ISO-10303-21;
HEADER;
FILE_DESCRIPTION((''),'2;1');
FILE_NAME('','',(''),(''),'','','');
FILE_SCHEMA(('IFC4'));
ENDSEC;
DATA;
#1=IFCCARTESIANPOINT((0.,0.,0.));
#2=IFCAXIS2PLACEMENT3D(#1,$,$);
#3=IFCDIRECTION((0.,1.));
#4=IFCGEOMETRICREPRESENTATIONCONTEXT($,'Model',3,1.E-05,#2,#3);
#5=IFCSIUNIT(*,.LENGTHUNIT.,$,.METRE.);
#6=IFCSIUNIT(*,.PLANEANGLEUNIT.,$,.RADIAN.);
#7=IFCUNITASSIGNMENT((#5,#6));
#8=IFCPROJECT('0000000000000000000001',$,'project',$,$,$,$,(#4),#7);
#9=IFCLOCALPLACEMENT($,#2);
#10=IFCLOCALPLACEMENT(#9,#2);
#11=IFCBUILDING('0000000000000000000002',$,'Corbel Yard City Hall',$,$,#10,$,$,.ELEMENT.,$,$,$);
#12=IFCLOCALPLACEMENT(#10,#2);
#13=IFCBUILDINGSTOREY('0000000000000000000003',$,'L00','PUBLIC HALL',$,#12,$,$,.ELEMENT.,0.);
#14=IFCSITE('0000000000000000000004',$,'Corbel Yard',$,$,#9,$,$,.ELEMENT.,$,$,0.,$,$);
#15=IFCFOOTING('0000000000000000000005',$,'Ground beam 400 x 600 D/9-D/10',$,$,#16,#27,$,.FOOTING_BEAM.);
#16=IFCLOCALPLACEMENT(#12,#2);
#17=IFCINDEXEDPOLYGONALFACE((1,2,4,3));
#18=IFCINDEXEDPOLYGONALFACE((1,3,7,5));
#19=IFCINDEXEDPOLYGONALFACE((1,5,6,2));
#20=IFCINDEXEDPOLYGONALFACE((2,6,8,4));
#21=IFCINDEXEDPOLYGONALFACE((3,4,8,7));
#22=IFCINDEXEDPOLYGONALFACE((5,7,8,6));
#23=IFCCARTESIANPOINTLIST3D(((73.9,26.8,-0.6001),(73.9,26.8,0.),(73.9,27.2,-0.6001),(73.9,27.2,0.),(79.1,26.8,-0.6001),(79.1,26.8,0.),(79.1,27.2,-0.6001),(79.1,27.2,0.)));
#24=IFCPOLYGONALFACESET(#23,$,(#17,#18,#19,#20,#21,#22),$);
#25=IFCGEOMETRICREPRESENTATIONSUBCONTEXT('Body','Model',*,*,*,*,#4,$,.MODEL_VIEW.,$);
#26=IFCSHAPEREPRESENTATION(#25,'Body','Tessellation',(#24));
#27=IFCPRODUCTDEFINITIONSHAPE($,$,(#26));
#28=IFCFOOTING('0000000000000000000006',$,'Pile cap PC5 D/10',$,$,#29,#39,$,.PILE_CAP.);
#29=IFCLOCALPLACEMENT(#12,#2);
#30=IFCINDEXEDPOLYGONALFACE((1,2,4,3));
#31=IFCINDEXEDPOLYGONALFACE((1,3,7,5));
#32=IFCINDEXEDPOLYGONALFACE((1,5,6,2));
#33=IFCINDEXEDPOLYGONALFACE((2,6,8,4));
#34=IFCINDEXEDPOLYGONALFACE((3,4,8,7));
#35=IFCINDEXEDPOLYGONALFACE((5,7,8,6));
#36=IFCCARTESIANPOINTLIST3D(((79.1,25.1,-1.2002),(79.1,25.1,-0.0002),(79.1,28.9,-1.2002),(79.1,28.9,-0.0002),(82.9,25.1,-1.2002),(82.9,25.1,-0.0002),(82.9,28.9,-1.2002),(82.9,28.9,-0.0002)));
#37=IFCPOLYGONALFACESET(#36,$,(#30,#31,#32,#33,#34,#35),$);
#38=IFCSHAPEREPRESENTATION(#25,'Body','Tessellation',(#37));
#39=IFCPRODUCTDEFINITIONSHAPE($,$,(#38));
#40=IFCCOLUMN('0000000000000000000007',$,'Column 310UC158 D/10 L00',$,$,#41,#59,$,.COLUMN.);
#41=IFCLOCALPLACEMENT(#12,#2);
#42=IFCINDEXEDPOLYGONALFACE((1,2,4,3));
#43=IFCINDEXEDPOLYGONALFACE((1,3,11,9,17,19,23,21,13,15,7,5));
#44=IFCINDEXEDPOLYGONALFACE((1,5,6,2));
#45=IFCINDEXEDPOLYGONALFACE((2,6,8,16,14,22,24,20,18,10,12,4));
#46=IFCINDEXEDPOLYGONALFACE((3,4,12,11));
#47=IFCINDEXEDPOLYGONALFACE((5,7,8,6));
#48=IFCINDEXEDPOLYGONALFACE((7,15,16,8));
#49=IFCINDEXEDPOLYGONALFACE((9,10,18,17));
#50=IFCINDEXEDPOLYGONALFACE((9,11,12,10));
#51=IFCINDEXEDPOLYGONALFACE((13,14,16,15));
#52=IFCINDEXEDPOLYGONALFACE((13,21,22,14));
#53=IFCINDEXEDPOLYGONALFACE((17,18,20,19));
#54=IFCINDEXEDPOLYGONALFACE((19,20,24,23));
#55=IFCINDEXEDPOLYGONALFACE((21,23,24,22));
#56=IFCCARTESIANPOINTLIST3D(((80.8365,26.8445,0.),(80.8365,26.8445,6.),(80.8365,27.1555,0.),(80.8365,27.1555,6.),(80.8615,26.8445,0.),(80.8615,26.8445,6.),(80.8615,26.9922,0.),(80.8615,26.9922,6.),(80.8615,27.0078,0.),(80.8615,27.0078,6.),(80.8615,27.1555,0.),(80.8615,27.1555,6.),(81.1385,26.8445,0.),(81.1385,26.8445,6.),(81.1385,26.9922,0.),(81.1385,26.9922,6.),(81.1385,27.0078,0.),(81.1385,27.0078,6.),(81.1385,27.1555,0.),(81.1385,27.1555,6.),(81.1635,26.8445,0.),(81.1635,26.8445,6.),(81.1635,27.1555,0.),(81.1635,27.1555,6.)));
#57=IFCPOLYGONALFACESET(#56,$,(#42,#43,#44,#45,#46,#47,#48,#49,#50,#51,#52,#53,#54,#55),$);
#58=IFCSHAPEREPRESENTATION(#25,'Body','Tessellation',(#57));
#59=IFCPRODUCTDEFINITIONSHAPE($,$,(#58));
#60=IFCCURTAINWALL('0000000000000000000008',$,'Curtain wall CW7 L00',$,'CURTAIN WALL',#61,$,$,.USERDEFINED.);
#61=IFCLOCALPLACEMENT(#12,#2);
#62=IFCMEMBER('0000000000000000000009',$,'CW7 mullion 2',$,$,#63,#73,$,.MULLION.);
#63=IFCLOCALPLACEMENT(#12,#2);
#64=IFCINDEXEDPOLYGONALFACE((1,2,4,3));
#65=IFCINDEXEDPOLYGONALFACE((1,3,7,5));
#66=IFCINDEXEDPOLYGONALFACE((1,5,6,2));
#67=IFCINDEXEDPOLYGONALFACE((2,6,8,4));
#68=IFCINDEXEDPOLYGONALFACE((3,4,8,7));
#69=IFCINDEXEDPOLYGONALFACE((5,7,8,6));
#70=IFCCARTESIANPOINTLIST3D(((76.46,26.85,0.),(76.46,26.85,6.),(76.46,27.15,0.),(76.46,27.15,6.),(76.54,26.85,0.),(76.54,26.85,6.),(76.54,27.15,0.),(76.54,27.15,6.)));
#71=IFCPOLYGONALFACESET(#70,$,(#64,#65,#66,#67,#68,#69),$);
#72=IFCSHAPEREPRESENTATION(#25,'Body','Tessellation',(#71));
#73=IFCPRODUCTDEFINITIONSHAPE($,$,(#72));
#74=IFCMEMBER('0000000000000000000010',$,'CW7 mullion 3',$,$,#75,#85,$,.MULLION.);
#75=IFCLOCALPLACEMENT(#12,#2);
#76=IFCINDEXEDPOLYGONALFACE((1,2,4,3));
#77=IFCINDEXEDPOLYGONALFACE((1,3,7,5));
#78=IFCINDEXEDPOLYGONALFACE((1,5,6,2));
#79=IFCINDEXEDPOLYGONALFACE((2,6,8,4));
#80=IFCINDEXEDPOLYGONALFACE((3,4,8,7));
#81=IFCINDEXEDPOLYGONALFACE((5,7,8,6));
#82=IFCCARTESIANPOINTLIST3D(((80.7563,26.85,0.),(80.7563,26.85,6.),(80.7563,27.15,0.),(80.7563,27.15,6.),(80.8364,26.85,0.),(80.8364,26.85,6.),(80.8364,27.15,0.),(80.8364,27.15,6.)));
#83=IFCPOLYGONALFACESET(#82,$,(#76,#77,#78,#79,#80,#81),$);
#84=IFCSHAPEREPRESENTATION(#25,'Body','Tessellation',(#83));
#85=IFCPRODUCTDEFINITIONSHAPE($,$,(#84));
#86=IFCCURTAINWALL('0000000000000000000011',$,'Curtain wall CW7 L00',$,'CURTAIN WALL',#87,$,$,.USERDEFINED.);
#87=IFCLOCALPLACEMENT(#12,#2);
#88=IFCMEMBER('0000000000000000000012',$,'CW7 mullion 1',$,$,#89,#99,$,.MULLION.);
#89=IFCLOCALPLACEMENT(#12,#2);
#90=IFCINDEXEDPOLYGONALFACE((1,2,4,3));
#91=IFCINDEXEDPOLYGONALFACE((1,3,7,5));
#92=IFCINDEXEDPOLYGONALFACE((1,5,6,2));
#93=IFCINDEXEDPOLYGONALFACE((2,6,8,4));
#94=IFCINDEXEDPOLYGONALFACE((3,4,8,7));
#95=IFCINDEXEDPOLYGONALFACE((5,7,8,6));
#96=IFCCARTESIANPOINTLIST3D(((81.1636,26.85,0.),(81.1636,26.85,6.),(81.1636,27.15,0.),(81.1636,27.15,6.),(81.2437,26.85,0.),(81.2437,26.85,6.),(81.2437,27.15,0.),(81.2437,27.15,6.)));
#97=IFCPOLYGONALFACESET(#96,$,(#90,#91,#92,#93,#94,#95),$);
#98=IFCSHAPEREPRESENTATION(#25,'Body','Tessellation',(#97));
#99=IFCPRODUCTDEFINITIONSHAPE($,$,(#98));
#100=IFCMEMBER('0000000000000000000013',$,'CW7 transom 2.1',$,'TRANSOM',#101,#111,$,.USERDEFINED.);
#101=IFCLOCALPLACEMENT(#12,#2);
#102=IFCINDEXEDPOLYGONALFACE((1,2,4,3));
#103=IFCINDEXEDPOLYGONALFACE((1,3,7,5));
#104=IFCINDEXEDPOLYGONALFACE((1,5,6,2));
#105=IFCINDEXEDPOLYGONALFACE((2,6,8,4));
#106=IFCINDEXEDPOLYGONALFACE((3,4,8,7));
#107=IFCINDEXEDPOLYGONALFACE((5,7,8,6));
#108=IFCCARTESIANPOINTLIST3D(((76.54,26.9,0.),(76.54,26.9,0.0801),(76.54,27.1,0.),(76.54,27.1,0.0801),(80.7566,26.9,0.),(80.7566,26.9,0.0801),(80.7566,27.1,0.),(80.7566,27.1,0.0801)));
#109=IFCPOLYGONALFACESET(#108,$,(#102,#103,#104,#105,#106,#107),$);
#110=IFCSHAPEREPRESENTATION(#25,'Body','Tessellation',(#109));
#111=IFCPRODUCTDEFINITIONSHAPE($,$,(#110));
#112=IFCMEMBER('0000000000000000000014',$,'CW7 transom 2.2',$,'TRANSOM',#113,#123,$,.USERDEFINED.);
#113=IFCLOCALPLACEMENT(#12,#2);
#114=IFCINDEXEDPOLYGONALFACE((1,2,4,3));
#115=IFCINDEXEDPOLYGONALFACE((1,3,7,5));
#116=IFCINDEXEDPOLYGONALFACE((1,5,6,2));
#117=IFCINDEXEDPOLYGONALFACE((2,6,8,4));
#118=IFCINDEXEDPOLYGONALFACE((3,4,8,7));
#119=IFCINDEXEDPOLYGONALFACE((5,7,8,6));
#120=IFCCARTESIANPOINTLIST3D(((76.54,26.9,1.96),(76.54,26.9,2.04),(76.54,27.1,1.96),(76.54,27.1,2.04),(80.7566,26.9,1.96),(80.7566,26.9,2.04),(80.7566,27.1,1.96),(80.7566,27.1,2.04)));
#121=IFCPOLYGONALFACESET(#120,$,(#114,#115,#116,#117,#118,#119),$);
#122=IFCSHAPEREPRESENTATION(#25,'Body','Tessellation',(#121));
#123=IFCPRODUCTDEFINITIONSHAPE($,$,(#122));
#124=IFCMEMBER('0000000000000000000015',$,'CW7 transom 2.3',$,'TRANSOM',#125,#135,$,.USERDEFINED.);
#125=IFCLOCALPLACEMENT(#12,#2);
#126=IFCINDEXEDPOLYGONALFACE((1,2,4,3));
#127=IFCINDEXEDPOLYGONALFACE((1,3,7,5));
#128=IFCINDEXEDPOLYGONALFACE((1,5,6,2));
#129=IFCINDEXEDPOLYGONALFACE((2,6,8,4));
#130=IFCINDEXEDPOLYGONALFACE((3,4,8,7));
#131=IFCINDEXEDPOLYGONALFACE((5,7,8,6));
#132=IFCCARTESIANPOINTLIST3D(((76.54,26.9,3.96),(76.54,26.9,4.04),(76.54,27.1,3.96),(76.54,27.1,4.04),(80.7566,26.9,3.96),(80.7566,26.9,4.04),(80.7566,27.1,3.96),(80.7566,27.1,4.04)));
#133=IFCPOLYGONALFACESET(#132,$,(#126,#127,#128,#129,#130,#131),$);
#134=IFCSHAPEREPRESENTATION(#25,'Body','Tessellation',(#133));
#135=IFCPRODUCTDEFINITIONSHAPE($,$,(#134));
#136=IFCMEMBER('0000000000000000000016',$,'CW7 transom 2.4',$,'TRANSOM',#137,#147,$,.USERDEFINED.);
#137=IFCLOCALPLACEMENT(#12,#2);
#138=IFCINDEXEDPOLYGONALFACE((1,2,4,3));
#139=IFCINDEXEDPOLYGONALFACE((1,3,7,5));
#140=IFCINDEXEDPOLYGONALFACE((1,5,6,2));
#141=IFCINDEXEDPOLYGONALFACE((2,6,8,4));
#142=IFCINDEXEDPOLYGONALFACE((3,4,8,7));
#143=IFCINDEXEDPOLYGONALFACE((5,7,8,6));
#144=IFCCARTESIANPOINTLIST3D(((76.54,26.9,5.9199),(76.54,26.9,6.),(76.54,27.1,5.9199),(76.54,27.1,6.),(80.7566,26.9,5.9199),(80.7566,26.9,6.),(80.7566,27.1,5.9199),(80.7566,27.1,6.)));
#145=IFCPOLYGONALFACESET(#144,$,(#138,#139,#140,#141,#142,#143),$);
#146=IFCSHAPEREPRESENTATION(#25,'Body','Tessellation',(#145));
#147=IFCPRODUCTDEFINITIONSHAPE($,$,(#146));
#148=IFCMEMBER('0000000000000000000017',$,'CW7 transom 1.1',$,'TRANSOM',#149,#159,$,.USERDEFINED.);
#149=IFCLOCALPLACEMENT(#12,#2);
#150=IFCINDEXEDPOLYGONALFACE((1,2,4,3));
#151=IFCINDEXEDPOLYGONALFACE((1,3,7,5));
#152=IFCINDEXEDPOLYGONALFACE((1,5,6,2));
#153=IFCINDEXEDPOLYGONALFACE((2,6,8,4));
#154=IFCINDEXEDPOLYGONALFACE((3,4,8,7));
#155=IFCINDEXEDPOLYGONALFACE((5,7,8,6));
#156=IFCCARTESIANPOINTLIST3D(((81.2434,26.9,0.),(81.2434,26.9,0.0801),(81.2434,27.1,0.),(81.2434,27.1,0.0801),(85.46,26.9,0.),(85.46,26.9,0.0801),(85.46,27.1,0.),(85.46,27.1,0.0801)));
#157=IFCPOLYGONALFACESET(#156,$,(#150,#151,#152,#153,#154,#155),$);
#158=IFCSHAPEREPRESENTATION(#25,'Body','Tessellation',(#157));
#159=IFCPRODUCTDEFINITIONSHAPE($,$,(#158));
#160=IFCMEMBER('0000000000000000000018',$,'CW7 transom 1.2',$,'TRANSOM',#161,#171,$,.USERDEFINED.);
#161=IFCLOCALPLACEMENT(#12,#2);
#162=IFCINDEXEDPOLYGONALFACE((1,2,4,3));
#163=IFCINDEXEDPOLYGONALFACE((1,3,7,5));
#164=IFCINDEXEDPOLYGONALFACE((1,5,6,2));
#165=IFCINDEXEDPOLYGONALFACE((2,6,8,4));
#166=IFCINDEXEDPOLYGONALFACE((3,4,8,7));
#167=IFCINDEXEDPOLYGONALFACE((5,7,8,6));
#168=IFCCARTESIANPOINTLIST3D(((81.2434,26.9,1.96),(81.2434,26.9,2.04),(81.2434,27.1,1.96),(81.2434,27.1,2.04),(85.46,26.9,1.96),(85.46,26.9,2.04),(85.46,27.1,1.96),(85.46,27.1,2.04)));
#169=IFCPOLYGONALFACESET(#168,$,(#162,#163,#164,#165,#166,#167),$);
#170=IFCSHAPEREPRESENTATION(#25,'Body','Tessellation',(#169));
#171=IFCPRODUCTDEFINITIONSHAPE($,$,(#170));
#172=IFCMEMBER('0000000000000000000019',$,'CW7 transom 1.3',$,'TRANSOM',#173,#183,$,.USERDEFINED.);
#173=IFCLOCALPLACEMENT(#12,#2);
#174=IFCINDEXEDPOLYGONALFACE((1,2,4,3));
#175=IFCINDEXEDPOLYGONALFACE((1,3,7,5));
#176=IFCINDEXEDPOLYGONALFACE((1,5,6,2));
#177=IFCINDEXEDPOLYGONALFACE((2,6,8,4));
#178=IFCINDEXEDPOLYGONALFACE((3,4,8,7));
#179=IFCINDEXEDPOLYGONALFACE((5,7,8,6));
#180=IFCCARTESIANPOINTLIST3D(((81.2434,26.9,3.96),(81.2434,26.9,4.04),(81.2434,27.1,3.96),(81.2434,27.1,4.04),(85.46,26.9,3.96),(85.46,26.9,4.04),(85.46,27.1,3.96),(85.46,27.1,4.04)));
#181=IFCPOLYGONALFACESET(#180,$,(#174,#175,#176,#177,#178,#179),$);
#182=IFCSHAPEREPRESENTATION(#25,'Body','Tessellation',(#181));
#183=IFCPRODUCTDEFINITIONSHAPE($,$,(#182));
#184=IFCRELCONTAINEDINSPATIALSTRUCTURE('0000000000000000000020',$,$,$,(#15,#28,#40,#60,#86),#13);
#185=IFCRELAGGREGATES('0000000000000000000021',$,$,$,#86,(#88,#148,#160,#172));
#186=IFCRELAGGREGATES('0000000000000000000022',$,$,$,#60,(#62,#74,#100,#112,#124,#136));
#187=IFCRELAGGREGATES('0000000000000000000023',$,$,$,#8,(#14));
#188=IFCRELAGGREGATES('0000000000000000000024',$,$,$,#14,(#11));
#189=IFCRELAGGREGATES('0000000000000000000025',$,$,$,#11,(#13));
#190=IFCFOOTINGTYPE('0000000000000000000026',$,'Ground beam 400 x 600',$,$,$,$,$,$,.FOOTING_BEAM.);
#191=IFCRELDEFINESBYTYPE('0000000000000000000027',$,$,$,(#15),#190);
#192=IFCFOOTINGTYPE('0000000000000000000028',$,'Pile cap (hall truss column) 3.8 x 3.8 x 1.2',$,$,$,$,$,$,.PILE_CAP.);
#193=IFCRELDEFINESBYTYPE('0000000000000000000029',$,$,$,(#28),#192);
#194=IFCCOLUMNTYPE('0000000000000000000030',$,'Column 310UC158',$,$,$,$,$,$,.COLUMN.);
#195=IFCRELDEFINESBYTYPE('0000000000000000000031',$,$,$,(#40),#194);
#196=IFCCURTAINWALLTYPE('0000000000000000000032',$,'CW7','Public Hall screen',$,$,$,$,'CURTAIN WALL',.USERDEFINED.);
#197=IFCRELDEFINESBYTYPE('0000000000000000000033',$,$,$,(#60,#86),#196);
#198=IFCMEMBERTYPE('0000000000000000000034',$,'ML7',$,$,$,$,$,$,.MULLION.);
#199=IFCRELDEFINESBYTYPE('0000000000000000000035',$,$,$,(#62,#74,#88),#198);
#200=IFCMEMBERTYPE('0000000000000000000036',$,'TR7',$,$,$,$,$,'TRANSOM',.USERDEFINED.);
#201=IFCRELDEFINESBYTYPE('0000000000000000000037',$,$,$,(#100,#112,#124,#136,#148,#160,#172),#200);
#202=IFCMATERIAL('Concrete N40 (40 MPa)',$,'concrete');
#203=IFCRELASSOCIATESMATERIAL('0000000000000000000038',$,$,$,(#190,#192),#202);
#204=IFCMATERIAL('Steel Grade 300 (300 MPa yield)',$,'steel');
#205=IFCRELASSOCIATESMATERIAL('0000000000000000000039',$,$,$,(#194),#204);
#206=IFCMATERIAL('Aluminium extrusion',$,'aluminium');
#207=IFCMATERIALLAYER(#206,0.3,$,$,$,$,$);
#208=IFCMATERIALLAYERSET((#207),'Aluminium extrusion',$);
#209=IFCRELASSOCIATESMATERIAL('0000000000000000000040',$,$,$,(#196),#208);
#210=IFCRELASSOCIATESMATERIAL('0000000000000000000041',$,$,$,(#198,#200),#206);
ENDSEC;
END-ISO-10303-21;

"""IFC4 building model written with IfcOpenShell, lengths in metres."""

from ifc_helpers import new_model, si_unit, direction, frame, origin, origin_2d, place, context, subcontext, project, spatial, rectangle, i_section, extrude, material, layer, layer_set, material_profile, profile_set, type_object, element, aggregate, save


model = new_model("IFC4")

# Units and contexts
model_context = context("Model", 3, precision=1e-05, world=origin(), true_north=direction((0.0, 1.0)))
body_context = subcontext(model_context, "Body", "Model", "MODEL_VIEW")
ifc_project = project(units=[si_unit("LENGTHUNIT", "METRE"), si_unit("PLANEANGLEUNIT", "RADIAN")], contexts=[model_context])

# Site, building, storey
site_placement = place(None, origin())
site = spatial("IfcSite", under=ifc_project, at=site_placement, Name="Corbel Yard", CompositionType="ELEMENT", RefElevation=0.0)
building_placement = place(site_placement, origin())
building = spatial("IfcBuilding", under=site, at=building_placement, Name="Corbel Yard City Hall", CompositionType="ELEMENT")
storey_placement = place(building_placement, origin())
storey = spatial("IfcBuildingStorey", under=building, at=storey_placement, Name="L00", Description="PUBLIC HALL", CompositionType="ELEMENT", Elevation=0.0)

# Footings
ifc_material_1 = material(Name="Concrete N40 (40 MPa)", Category="concrete")
footing_type_1 = type_object("IfcFootingType", Name="Ground beam 400 x 600", PredefinedType="FOOTING_BEAM", material=ifc_material_1)
footing_1_placement = place(storey_placement, frame((76.5, 27.0, -0.6001), z_axis=(0.0, 0.0, 1.0), x_axis=(1.0, 0.0, 0.0)))
element("IfcFooting", 1, at=footing_1_placement, inside=storey, type_object=footing_type_1, Name="Ground beam 400 x 600 D/9-D/10", PredefinedType="FOOTING_BEAM", context=body_context, shape_type="SweptSolid", body=[
    extrude(rectangle(XDim=5.2, YDim=0.3999, at=origin_2d()), origin(), (0.0, 0.0, 1.0), 0.6001),
])
footing_type_2 = type_object("IfcFootingType", Name="Pile cap (hall truss column) 3.8 x 3.8 x 1.2", PredefinedType="PILE_CAP", material=ifc_material_1)
footing_2_placement = place(storey_placement, frame((81.0, 27.0, -1.2002), z_axis=(0.0, 0.0, 1.0), x_axis=(1.0, 0.0, 0.0)))
element("IfcFooting", 2, at=footing_2_placement, inside=storey, type_object=footing_type_2, Name="Pile cap PC5 D/10", PredefinedType="PILE_CAP", context=body_context, shape_type="SweptSolid", body=[
    extrude(rectangle(XDim=3.8, YDim=3.8, at=origin_2d()), origin(), (0.0, 0.0, 1.0), 1.2),
])

# Column
ifc_material_2 = material(Name="Steel Grade 300 (300 MPa yield)", Category="steel")
ifc_material_profile_1 = material_profile(ifc_material_2, i_section(OverallWidth=0.311, OverallDepth=0.3269, WebThickness=0.0156, FlangeThickness=0.0249, at=origin_2d()), Name="310UC158")
ifc_profile_set_1 = profile_set([ifc_material_profile_1], Name="Steel Grade 300 (300 MPa yield)")
column_type = type_object("IfcColumnType", Name="Column 310UC158", PredefinedType="COLUMN", material=ifc_profile_set_1)
column_placement = place(storey_placement, frame((81.0, 27.0, 0.0), z_axis=(0.0, 0.0, 1.0), x_axis=(0.0, 1.0, 0.0)))
element("IfcColumn", 3, at=column_placement, inside=storey, type_object=column_type, Name="Column 310UC158 D/10 L00", PredefinedType="COLUMN", context=body_context, shape_type="SweptSolid", body=[
    extrude(i_section(OverallWidth=0.311, OverallDepth=0.3269, WebThickness=0.0156, FlangeThickness=0.0249, at=origin_2d()), origin(), (0.0, 0.0, 1.0), 6.0),
])

# Curtain wall, members
ifc_material_3 = material(Name="Aluminium extrusion", Category="aluminium")
ifc_layer_1 = layer(ifc_material_3, 0.3)
ifc_layer_set_1 = layer_set([ifc_layer_1], Name="Aluminium extrusion")
curtain_wall_type = type_object("IfcCurtainWallType", Name="CW7", Description="Public Hall screen", ElementType="CURTAIN WALL", PredefinedType="USERDEFINED", material=ifc_layer_set_1)
curtain_wall_1_placement = place(storey_placement, origin())
curtain_wall_1 = element("IfcCurtainWall", 4, at=curtain_wall_1_placement, inside=storey, type_object=curtain_wall_type, Name="Curtain wall CW7 L00", ObjectType="CURTAIN WALL", PredefinedType="USERDEFINED")
ifc_material_profile_2 = material_profile(ifc_material_3, rectangle(XDim=0.3, YDim=0.0801, at=origin_2d()), Name="300x80")
ifc_profile_set_2 = profile_set([ifc_material_profile_2], Name="Aluminium extrusion")
member_type_1 = type_object("IfcMemberType", Name="ML7", PredefinedType="MULLION", material=ifc_profile_set_2)
member_1_placement = place(storey_placement, frame((76.5, 27.0, 0.0), z_axis=(0.0, 0.0, 1.0), x_axis=(0.0, 1.0, 0.0)))
member_1 = element("IfcMember", 5, at=member_1_placement, type_object=member_type_1, Name="CW7 mullion 2", PredefinedType="MULLION", context=body_context, shape_type="SweptSolid", body=[
    extrude(rectangle(XDim=0.3, YDim=0.0801, at=origin_2d()), origin(), (0.0, 0.0, 1.0), 6.0),
])
member_2_placement = place(storey_placement, frame((80.7964, 27.0, 0.0), z_axis=(0.0, 0.0, 1.0), x_axis=(0.0, 1.0, 0.0)))
member_2 = element("IfcMember", 6, at=member_2_placement, type_object=member_type_1, Name="CW7 mullion 3", PredefinedType="MULLION", context=body_context, shape_type="SweptSolid", body=[
    extrude(rectangle(XDim=0.3, YDim=0.0801, at=origin_2d()), origin(), (0.0, 0.0, 1.0), 6.0),
])

# Curtain wall, member
curtain_wall_2_placement = place(storey_placement, origin())
curtain_wall_2 = element("IfcCurtainWall", 7, at=curtain_wall_2_placement, inside=storey, type_object=curtain_wall_type, Name="Curtain wall CW7 L00", ObjectType="CURTAIN WALL", PredefinedType="USERDEFINED")
member_3_placement = place(storey_placement, frame((81.2036, 27.0, 0.0), z_axis=(0.0, 0.0, 1.0), x_axis=(0.0, 1.0, 0.0)))
member_3 = element("IfcMember", 8, at=member_3_placement, type_object=member_type_1, Name="CW7 mullion 1", PredefinedType="MULLION", context=body_context, shape_type="SweptSolid", body=[
    extrude(rectangle(XDim=0.3, YDim=0.0801, at=origin_2d()), origin(), (0.0, 0.0, 1.0), 6.0),
])

# Members
ifc_material_profile_3 = material_profile(ifc_material_3, rectangle(XDim=0.2, YDim=0.0801, at=origin_2d()), Name="200x80")
ifc_profile_set_3 = profile_set([ifc_material_profile_3], Name="Aluminium extrusion")
member_type_2 = type_object("IfcMemberType", Name="TR7", ElementType="TRANSOM", PredefinedType="USERDEFINED", material=ifc_profile_set_3)
member_4_placement = place(storey_placement, frame((76.54, 27.0, 0.04), z_axis=(1.0, 0.0, 0.0), x_axis=(0.0, 1.0, 0.0)))
member_4 = element("IfcMember", 9, at=member_4_placement, type_object=member_type_2, Name="CW7 transom 2.1", ObjectType="TRANSOM", PredefinedType="USERDEFINED", context=body_context, shape_type="SweptSolid", body=[
    extrude(rectangle(XDim=0.2, YDim=0.0801, at=origin_2d()), origin(), (0.0, 0.0, 1.0), 4.2166),
])
member_5_placement = place(storey_placement, frame((76.54, 27.0, 2.0), z_axis=(1.0, 0.0, 0.0), x_axis=(0.0, 1.0, 0.0)))
member_5 = element("IfcMember", 10, at=member_5_placement, type_object=member_type_2, Name="CW7 transom 2.2", ObjectType="TRANSOM", PredefinedType="USERDEFINED", context=body_context, shape_type="SweptSolid", body=[
    extrude(rectangle(XDim=0.2, YDim=0.0801, at=origin_2d()), origin(), (0.0, 0.0, 1.0), 4.2166),
])
member_6_placement = place(storey_placement, frame((76.54, 27.0, 4.0), z_axis=(1.0, 0.0, 0.0), x_axis=(0.0, 1.0, 0.0)))
member_6 = element("IfcMember", 11, at=member_6_placement, type_object=member_type_2, Name="CW7 transom 2.3", ObjectType="TRANSOM", PredefinedType="USERDEFINED", context=body_context, shape_type="SweptSolid", body=[
    extrude(rectangle(XDim=0.2, YDim=0.0801, at=origin_2d()), origin(), (0.0, 0.0, 1.0), 4.2166),
])
member_7_placement = place(storey_placement, frame((76.54, 27.0, 5.96), z_axis=(1.0, 0.0, 0.0), x_axis=(0.0, 1.0, 0.0)))
member_7 = element("IfcMember", 12, at=member_7_placement, type_object=member_type_2, Name="CW7 transom 2.4", ObjectType="TRANSOM", PredefinedType="USERDEFINED", context=body_context, shape_type="SweptSolid", body=[
    extrude(rectangle(XDim=0.2, YDim=0.0801, at=origin_2d()), origin(), (0.0, 0.0, 1.0), 4.2166),
])
member_8_placement = place(storey_placement, frame((81.2434, 27.0, 0.04), z_axis=(1.0, 0.0, 0.0), x_axis=(0.0, 1.0, 0.0)))
member_8 = element("IfcMember", 13, at=member_8_placement, type_object=member_type_2, Name="CW7 transom 1.1", ObjectType="TRANSOM", PredefinedType="USERDEFINED", context=body_context, shape_type="SweptSolid", body=[
    extrude(rectangle(XDim=0.2, YDim=0.0801, at=origin_2d()), origin(), (0.0, 0.0, 1.0), 4.2166),
])
member_9_placement = place(storey_placement, frame((81.2434, 27.0, 2.0), z_axis=(1.0, 0.0, 0.0), x_axis=(0.0, 1.0, 0.0)))
member_9 = element("IfcMember", 14, at=member_9_placement, type_object=member_type_2, Name="CW7 transom 1.2", ObjectType="TRANSOM", PredefinedType="USERDEFINED", context=body_context, shape_type="SweptSolid", body=[
    extrude(rectangle(XDim=0.2, YDim=0.0801, at=origin_2d()), origin(), (0.0, 0.0, 1.0), 4.2166),
])
member_10_placement = place(storey_placement, frame((81.2434, 27.0, 4.0), z_axis=(1.0, 0.0, 0.0), x_axis=(0.0, 1.0, 0.0)))
member_10 = element("IfcMember", 15, at=member_10_placement, type_object=member_type_2, Name="CW7 transom 1.3", ObjectType="TRANSOM", PredefinedType="USERDEFINED", context=body_context, shape_type="SweptSolid", body=[
    extrude(rectangle(XDim=0.2, YDim=0.0801, at=origin_2d()), origin(), (0.0, 0.0, 1.0), 4.2166),
])
aggregate(curtain_wall_2, [member_3, member_8, member_9, member_10])

aggregate(curtain_wall_1, [member_1, member_2, member_4, member_5, member_6, member_7])

save(model, "model.ifc")
